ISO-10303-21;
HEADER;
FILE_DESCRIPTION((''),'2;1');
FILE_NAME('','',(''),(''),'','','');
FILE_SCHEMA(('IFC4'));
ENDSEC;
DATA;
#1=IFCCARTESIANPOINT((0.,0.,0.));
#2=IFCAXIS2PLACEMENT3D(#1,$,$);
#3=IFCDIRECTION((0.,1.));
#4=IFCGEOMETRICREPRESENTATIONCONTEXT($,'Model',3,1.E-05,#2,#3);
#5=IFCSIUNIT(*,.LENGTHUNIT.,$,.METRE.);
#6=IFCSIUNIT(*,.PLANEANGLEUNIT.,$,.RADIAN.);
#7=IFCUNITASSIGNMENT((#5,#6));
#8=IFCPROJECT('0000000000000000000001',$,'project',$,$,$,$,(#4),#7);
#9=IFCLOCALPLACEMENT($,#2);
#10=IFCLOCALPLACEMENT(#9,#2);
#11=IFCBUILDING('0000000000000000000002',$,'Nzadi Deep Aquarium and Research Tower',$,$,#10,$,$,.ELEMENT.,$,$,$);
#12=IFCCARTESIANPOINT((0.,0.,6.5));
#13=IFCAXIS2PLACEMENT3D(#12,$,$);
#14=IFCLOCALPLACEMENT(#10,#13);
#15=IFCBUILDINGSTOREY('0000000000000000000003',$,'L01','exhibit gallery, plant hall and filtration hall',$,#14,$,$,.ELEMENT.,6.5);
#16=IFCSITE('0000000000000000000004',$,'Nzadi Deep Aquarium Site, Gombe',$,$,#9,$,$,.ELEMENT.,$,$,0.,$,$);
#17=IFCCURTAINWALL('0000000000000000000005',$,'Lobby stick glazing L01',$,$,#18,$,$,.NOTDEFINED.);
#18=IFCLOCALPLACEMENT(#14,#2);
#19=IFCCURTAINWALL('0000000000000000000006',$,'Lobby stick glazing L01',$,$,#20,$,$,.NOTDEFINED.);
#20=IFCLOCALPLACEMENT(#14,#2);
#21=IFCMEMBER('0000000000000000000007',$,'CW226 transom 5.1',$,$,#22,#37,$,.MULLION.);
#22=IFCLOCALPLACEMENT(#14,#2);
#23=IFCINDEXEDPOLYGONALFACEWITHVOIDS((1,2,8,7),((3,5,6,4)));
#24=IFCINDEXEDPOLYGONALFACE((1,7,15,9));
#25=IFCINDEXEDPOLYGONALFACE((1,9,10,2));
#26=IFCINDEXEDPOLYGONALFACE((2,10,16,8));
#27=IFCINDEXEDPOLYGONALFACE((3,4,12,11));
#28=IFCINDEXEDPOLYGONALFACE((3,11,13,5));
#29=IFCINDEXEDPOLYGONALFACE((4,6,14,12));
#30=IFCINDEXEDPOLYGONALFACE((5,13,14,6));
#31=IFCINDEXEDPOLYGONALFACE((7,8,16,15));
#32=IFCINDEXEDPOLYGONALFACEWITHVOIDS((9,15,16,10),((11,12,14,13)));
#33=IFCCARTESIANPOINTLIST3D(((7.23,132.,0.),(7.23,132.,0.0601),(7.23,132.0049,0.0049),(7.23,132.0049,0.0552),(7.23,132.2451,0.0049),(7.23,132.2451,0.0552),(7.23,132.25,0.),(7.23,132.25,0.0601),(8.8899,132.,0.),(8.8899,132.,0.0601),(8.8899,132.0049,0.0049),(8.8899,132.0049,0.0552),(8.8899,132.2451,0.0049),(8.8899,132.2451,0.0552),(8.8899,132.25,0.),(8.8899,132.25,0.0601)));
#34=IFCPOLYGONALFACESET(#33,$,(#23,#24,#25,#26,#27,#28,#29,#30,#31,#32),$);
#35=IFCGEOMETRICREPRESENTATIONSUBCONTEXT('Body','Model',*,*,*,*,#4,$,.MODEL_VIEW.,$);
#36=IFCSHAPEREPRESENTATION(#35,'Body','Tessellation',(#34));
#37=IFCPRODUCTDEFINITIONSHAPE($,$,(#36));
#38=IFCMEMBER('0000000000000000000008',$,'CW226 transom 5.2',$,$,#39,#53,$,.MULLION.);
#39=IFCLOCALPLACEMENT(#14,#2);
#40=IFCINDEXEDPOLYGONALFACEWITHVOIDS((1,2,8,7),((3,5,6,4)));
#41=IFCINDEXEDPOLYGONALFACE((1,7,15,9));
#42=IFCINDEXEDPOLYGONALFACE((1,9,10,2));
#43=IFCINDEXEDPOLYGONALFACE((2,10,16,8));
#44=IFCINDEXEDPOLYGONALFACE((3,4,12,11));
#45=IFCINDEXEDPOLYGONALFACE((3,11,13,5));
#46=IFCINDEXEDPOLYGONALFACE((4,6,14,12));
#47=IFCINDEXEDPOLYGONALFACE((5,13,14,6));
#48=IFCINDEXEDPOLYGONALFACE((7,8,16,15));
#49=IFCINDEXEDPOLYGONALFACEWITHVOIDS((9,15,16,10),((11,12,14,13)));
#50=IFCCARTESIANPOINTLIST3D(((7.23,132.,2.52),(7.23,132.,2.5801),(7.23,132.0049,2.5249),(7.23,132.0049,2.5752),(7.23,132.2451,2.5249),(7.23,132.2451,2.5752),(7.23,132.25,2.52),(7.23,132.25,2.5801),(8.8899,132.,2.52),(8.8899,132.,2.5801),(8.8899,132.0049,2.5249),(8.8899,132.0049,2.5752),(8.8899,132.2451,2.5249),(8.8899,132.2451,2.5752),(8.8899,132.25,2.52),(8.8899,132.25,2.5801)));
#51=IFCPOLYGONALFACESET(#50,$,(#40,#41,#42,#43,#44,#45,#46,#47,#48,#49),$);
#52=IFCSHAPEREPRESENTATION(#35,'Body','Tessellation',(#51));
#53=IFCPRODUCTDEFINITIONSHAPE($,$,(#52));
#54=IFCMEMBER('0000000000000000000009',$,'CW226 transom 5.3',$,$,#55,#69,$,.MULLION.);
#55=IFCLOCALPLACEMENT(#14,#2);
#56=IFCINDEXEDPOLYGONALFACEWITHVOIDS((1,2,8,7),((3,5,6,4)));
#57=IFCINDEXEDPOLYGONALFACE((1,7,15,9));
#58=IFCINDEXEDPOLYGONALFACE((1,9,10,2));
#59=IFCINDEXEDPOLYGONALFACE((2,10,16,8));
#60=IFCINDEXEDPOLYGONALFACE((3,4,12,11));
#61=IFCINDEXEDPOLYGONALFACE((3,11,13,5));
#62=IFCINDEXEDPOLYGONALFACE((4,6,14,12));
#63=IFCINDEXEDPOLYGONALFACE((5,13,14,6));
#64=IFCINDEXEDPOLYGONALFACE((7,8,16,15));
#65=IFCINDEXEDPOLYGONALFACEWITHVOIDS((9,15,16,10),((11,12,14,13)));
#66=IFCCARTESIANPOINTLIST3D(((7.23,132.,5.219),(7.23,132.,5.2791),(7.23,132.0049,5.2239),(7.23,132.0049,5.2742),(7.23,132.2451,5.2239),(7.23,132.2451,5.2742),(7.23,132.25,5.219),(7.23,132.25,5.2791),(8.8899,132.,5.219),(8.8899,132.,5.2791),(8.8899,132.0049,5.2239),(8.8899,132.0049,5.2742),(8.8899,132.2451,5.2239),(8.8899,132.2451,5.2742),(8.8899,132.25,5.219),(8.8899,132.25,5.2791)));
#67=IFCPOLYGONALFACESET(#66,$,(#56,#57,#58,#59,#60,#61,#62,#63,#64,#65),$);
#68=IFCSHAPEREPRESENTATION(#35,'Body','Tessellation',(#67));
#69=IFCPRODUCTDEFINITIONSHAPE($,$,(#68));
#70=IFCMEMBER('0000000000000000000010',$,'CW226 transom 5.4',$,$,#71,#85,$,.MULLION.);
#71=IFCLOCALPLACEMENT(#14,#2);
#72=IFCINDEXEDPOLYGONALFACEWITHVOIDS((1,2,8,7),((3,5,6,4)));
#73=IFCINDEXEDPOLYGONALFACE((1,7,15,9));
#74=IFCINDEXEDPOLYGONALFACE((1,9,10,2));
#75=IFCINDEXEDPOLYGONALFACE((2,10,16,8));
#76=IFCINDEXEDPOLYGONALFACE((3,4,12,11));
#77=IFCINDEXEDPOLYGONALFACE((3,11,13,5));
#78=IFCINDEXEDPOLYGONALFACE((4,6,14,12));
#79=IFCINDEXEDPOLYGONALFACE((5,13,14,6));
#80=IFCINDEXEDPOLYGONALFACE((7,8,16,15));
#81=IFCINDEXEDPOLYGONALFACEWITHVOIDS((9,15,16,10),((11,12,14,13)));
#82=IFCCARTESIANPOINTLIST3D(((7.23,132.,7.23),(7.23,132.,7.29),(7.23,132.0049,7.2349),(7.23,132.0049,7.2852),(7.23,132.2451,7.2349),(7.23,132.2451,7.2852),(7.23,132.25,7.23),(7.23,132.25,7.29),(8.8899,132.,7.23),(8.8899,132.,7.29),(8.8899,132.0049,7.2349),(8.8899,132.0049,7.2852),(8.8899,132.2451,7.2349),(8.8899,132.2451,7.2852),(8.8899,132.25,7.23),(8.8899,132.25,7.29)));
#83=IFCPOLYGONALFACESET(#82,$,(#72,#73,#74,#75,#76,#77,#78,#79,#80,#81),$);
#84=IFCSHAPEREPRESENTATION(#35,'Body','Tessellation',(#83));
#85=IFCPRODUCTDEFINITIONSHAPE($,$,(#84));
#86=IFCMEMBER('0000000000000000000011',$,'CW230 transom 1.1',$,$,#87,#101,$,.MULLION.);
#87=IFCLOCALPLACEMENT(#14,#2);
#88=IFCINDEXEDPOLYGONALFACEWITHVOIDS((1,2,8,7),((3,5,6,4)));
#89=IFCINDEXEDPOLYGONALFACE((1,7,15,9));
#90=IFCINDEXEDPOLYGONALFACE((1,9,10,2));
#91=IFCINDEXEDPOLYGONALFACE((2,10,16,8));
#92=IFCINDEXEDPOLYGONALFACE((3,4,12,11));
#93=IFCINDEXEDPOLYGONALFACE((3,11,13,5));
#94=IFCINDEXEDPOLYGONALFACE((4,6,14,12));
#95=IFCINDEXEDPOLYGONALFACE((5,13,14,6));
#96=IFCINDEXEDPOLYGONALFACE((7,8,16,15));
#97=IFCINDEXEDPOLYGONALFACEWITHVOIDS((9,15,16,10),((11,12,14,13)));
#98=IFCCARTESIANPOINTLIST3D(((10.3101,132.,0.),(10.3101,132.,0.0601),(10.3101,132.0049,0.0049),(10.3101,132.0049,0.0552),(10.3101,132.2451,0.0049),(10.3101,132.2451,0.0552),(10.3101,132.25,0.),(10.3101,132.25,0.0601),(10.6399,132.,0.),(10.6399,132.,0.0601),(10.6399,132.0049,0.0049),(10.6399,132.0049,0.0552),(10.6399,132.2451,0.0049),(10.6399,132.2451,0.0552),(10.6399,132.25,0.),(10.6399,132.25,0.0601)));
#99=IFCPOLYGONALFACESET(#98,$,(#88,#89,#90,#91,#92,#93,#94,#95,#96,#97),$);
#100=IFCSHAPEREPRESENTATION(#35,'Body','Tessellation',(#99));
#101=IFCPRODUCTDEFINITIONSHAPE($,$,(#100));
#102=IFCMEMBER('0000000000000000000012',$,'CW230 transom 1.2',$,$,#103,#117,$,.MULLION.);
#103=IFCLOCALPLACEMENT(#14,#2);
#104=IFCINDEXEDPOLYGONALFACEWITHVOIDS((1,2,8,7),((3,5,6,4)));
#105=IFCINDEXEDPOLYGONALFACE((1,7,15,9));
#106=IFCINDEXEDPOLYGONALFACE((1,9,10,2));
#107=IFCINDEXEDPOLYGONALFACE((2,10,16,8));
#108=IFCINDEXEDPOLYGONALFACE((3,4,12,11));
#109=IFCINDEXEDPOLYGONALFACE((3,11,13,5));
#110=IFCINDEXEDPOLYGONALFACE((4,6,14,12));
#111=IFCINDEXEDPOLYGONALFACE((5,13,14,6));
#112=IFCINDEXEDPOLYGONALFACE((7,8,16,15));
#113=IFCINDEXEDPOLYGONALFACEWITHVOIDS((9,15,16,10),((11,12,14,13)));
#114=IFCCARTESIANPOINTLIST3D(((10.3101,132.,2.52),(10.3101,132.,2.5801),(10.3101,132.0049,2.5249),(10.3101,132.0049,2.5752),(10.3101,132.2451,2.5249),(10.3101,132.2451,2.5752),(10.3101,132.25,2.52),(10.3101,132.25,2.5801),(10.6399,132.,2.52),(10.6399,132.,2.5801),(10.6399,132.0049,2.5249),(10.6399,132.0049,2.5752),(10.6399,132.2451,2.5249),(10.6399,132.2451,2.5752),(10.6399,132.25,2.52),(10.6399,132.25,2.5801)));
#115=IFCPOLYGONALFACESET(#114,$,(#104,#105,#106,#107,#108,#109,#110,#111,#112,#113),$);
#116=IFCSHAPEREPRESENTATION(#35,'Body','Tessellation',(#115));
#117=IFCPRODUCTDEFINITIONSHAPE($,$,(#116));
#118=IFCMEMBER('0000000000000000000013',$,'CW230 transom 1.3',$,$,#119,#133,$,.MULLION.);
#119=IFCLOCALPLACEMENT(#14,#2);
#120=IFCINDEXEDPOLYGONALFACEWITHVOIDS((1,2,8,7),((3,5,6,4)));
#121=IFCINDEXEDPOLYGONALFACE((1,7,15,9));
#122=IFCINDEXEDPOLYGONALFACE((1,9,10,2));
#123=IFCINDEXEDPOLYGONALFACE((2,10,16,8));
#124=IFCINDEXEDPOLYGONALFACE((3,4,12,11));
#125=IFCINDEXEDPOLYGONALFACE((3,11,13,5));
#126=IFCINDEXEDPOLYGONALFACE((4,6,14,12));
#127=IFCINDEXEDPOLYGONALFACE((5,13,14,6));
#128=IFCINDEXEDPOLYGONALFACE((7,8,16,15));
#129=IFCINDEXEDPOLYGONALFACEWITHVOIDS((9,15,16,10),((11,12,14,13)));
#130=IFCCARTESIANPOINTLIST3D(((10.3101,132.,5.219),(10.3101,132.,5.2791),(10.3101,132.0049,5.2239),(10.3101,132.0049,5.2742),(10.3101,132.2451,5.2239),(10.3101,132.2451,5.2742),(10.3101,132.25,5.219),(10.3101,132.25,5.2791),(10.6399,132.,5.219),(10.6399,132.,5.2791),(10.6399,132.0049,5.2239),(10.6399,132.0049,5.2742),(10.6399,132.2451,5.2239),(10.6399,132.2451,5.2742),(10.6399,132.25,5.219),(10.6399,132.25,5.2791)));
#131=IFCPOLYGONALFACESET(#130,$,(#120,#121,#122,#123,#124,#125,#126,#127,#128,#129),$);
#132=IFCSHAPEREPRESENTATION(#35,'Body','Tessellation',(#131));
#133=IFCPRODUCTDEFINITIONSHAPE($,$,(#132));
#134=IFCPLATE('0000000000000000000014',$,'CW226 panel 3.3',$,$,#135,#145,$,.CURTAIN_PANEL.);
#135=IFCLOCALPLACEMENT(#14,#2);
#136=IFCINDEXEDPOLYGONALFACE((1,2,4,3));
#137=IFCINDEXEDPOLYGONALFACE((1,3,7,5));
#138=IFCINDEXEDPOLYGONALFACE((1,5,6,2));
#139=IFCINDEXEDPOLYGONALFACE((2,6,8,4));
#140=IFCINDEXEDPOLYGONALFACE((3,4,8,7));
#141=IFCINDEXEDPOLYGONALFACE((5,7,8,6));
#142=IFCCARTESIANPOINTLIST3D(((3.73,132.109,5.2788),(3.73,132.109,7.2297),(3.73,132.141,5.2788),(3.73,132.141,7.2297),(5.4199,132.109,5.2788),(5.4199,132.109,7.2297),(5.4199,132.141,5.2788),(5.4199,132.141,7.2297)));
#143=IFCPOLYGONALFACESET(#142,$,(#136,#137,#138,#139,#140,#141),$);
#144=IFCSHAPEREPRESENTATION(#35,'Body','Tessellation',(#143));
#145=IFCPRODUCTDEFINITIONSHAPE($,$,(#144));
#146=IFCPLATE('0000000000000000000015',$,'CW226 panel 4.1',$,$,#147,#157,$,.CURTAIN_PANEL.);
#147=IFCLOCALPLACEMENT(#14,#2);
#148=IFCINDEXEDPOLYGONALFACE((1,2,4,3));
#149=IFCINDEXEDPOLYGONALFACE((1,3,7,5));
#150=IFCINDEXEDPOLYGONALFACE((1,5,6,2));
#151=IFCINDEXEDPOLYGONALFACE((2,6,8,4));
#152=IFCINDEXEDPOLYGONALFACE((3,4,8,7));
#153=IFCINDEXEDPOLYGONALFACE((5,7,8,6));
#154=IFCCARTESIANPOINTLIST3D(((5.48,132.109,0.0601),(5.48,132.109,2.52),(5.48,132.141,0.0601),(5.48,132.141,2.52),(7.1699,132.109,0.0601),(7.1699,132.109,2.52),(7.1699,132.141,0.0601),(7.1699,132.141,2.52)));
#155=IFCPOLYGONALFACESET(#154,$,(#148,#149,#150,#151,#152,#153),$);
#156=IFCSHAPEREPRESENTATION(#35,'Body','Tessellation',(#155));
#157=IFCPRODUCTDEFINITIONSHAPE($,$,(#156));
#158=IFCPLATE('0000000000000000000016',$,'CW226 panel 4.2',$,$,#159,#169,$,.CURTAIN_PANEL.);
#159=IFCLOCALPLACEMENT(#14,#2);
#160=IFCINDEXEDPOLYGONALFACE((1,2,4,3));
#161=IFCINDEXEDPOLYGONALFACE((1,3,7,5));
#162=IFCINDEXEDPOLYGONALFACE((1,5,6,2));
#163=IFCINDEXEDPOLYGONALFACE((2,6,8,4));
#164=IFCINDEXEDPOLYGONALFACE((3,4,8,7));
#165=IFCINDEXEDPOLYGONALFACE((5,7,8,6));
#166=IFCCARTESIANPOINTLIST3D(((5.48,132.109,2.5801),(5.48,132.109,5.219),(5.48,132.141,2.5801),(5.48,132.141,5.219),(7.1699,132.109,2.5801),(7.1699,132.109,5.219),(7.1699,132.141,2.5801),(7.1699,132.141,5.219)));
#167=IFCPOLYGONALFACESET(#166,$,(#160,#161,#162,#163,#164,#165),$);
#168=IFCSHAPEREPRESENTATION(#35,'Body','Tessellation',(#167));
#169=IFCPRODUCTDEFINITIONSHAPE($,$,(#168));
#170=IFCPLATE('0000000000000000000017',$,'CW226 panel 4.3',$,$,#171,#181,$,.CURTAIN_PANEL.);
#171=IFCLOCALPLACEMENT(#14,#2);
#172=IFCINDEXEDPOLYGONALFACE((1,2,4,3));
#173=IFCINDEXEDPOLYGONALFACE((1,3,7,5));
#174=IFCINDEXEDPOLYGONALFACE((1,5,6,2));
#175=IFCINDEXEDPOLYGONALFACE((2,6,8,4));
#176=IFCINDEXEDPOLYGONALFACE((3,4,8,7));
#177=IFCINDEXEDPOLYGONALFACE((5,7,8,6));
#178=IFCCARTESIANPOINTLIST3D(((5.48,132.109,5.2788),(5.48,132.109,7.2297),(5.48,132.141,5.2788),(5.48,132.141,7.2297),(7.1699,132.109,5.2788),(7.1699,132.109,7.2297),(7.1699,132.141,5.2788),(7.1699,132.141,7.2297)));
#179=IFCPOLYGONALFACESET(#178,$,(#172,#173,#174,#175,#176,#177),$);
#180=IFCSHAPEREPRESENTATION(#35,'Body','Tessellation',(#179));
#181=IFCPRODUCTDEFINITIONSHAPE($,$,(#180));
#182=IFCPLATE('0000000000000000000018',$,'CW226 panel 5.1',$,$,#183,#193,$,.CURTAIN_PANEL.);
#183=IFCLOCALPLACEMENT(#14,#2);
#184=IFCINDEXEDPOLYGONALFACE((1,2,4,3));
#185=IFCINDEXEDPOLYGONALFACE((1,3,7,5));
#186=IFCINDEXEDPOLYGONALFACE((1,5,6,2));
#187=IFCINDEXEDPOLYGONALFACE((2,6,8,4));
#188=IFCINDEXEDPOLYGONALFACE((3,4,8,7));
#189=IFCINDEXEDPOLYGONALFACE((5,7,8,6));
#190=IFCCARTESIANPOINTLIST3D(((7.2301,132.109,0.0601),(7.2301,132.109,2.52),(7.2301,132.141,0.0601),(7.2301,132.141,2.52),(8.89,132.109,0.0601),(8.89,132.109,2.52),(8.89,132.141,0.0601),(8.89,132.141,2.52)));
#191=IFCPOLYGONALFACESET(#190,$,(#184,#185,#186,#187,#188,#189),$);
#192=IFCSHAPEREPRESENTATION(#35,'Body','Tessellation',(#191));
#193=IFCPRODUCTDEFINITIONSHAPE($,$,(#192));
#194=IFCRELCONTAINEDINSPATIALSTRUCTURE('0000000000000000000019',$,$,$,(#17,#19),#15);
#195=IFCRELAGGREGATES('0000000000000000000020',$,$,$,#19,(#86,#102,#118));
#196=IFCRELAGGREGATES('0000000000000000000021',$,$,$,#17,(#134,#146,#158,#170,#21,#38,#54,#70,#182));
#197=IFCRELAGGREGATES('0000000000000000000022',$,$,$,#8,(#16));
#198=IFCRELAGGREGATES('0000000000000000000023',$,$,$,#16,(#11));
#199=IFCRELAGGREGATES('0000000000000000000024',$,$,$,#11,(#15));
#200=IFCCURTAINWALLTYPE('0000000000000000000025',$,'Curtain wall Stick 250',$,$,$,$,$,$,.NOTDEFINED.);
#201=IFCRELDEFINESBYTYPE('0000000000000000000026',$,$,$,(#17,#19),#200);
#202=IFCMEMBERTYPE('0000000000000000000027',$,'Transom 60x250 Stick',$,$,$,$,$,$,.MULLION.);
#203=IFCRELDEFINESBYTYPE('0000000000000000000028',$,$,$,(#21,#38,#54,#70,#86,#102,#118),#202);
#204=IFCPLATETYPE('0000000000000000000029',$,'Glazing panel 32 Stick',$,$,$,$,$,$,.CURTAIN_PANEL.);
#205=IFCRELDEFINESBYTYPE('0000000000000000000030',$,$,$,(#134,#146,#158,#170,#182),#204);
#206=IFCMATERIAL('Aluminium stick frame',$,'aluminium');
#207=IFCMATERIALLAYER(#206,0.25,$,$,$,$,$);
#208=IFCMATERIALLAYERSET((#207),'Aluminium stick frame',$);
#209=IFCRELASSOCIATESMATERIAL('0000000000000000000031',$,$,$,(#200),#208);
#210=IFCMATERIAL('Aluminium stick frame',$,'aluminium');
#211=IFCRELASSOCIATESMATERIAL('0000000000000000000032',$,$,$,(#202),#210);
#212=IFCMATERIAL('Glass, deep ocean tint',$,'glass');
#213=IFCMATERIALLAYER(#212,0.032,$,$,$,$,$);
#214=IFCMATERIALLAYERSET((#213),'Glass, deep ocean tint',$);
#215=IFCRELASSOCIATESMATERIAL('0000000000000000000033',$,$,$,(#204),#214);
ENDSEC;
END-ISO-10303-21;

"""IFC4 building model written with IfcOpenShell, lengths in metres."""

from ifc_helpers import new_model, si_unit, direction, frame, origin, origin_2d, place, context, subcontext, project, spatial, rectangle, hollow_rectangle, extrude, material, layer, layer_set, material_profile, profile_set, type_object, element, aggregate, save


model = new_model("IFC4")

# Units and contexts
model_context = context("Model", 3, precision=1e-05, world=origin(), true_north=direction((0.0, 1.0)))
body_context = subcontext(model_context, "Body", "Model", "MODEL_VIEW")
ifc_project = project(units=[si_unit("LENGTHUNIT", "METRE"), si_unit("PLANEANGLEUNIT", "RADIAN")], contexts=[model_context])

# Site, building, storey
site_placement = place(None, origin())
site = spatial("IfcSite", under=ifc_project, at=site_placement, Name="Nzadi Deep Aquarium Site, Gombe", CompositionType="ELEMENT", RefElevation=0.0)
building_placement = place(site_placement, origin())
building = spatial("IfcBuilding", under=site, at=building_placement, Name="Nzadi Deep Aquarium and Research Tower", CompositionType="ELEMENT")
storey_placement = place(building_placement, frame((0.0, 0.0, 6.5)))
storey = spatial("IfcBuildingStorey", under=building, at=storey_placement, Name="L01", Description="exhibit gallery, plant hall and filtration hall", CompositionType="ELEMENT", Elevation=6.5)

# Curtain wall
ifc_material_1 = material(Name="Aluminium stick frame", Category="aluminium")
ifc_layer_1 = layer(ifc_material_1, 0.25)
ifc_layer_set_1 = layer_set([ifc_layer_1], Name="Aluminium stick frame")
curtain_wall_type = type_object("IfcCurtainWallType", Name="Curtain wall Stick 250", PredefinedType="NOTDEFINED", material=ifc_layer_set_1)
curtain_wall_1_placement = place(storey_placement, origin())
curtain_wall_1 = element("IfcCurtainWall", 1, at=curtain_wall_1_placement, inside=storey, type_object=curtain_wall_type, Name="Lobby stick glazing L01", PredefinedType="NOTDEFINED")

# Curtain wall
curtain_wall_2_placement = place(storey_placement, origin())
curtain_wall_2 = element("IfcCurtainWall", 2, at=curtain_wall_2_placement, inside=storey, type_object=curtain_wall_type, Name="Lobby stick glazing L01", PredefinedType="NOTDEFINED")

# Members
ifc_material_2 = material(Name="Aluminium stick frame", Category="aluminium")
ifc_material_profile_1 = material_profile(ifc_material_2, hollow_rectangle(XDim=0.25, YDim=0.0601, WallThickness=0.0049, at=origin_2d()))
ifc_profile_set_1 = profile_set([ifc_material_profile_1], Name="Aluminium stick frame")
member_type_1 = type_object("IfcMemberType", Name="Transom 60x250 Stick", PredefinedType="MULLION", material=ifc_profile_set_1)
member_1_placement = place(storey_placement, frame((7.23, 132.125, 0.03), z_axis=(1.0, 0.0, 0.0), x_axis=(0.0, 1.0, 0.0)))
member_1 = element("IfcMember", 3, at=member_1_placement, type_object=member_type_1, Name="CW226 transom 5.1", PredefinedType="MULLION", context=body_context, shape_type="SweptSolid", body=[
    extrude(hollow_rectangle(XDim=0.25, YDim=0.0601, WallThickness=0.0049, at=origin_2d()), origin(), (0.0, 0.0, 1.0), 1.6599),
])
member_2_placement = place(storey_placement, frame((7.23, 132.125, 2.55), z_axis=(1.0, 0.0, 0.0), x_axis=(0.0, 1.0, 0.0)))
member_2 = element("IfcMember", 4, at=member_2_placement, type_object=member_type_1, Name="CW226 transom 5.2", PredefinedType="MULLION", context=body_context, shape_type="SweptSolid", body=[
    extrude(hollow_rectangle(XDim=0.25, YDim=0.0601, WallThickness=0.0049, at=origin_2d()), origin(), (0.0, 0.0, 1.0), 1.6599),
])
member_3_placement = place(storey_placement, frame((7.23, 132.125, 5.249), z_axis=(1.0, 0.0, 0.0), x_axis=(0.0, 1.0, 0.0)))
member_3 = element("IfcMember", 5, at=member_3_placement, type_object=member_type_1, Name="CW226 transom 5.3", PredefinedType="MULLION", context=body_context, shape_type="SweptSolid", body=[
    extrude(hollow_rectangle(XDim=0.25, YDim=0.0601, WallThickness=0.0049, at=origin_2d()), origin(), (0.0, 0.0, 1.0), 1.6599),
])
member_4_placement = place(storey_placement, frame((7.23, 132.125, 7.26), z_axis=(1.0, 0.0, 0.0), x_axis=(0.0, 1.0, 0.0)))
member_4 = element("IfcMember", 6, at=member_4_placement, type_object=member_type_1, Name="CW226 transom 5.4", PredefinedType="MULLION", context=body_context, shape_type="SweptSolid", body=[
    extrude(hollow_rectangle(XDim=0.25, YDim=0.0601, WallThickness=0.0049, at=origin_2d()), origin(), (0.0, 0.0, 1.0), 1.6599),
])
member_5_placement = place(storey_placement, frame((10.3101, 132.125, 0.03), z_axis=(1.0, 0.0, 0.0), x_axis=(0.0, 1.0, 0.0)))
member_5 = element("IfcMember", 7, at=member_5_placement, type_object=member_type_1, Name="CW230 transom 1.1", PredefinedType="MULLION", context=body_context, shape_type="SweptSolid", body=[
    extrude(hollow_rectangle(XDim=0.25, YDim=0.0601, WallThickness=0.0049, at=origin_2d()), origin(), (0.0, 0.0, 1.0), 0.3298),
])
member_6_placement = place(storey_placement, frame((10.3101, 132.125, 2.55), z_axis=(1.0, 0.0, 0.0), x_axis=(0.0, 1.0, 0.0)))
member_6 = element("IfcMember", 8, at=member_6_placement, type_object=member_type_1, Name="CW230 transom 1.2", PredefinedType="MULLION", context=body_context, shape_type="SweptSolid", body=[
    extrude(hollow_rectangle(XDim=0.25, YDim=0.0601, WallThickness=0.0049, at=origin_2d()), origin(), (0.0, 0.0, 1.0), 0.3298),
])
member_7_placement = place(storey_placement, frame((10.3101, 132.125, 5.249), z_axis=(1.0, 0.0, 0.0), x_axis=(0.0, 1.0, 0.0)))
member_7 = element("IfcMember", 9, at=member_7_placement, type_object=member_type_1, Name="CW230 transom 1.3", PredefinedType="MULLION", context=body_context, shape_type="SweptSolid", body=[
    extrude(hollow_rectangle(XDim=0.25, YDim=0.0601, WallThickness=0.0049, at=origin_2d()), origin(), (0.0, 0.0, 1.0), 0.3298),
])
aggregate(curtain_wall_2, [member_5, member_6, member_7])

# Plates
ifc_material_3 = material(Name="Glass, deep ocean tint", Category="glass")
ifc_layer_2 = layer(ifc_material_3, 0.032)
ifc_layer_set_2 = layer_set([ifc_layer_2], Name="Glass, deep ocean tint")
plate_type = type_object("IfcPlateType", Name="Glazing panel 32 Stick", PredefinedType="CURTAIN_PANEL", material=ifc_layer_set_2)
plate_1_placement = place(storey_placement, frame((4.575, 132.125, 5.2788), z_axis=(0.0, 0.0, 1.0), x_axis=(1.0, 0.0, 0.0)))
plate_1 = element("IfcPlate", 10, at=plate_1_placement, type_object=plate_type, Name="CW226 panel 3.3", PredefinedType="CURTAIN_PANEL", context=body_context, shape_type="SweptSolid", body=[
    extrude(rectangle(XDim=1.6899, YDim=0.032, at=origin_2d()), origin(), (0.0, 0.0, 1.0), 1.9509),
])
plate_2_placement = place(storey_placement, frame((6.325, 132.125, 0.0601), z_axis=(0.0, 0.0, 1.0), x_axis=(1.0, 0.0, 0.0)))
plate_2 = element("IfcPlate", 11, at=plate_2_placement, type_object=plate_type, Name="CW226 panel 4.1", PredefinedType="CURTAIN_PANEL", context=body_context, shape_type="SweptSolid", body=[
    extrude(rectangle(XDim=1.6899, YDim=0.032, at=origin_2d()), origin(), (0.0, 0.0, 1.0), 2.46),
])
plate_3_placement = place(storey_placement, frame((6.325, 132.125, 2.5801), z_axis=(0.0, 0.0, 1.0), x_axis=(1.0, 0.0, 0.0)))
plate_3 = element("IfcPlate", 12, at=plate_3_placement, type_object=plate_type, Name="CW226 panel 4.2", PredefinedType="CURTAIN_PANEL", context=body_context, shape_type="SweptSolid", body=[
    extrude(rectangle(XDim=1.6899, YDim=0.032, at=origin_2d()), origin(), (0.0, 0.0, 1.0), 2.6389),
])
plate_4_placement = place(storey_placement, frame((6.325, 132.125, 5.2788), z_axis=(0.0, 0.0, 1.0), x_axis=(1.0, 0.0, 0.0)))
plate_4 = element("IfcPlate", 13, at=plate_4_placement, type_object=plate_type, Name="CW226 panel 4.3", PredefinedType="CURTAIN_PANEL", context=body_context, shape_type="SweptSolid", body=[
    extrude(rectangle(XDim=1.6899, YDim=0.032, at=origin_2d()), origin(), (0.0, 0.0, 1.0), 1.9509),
])
plate_5_placement = place(storey_placement, frame((8.0601, 132.125, 0.0601), z_axis=(0.0, 0.0, 1.0), x_axis=(1.0, 0.0, 0.0)))
plate_5 = element("IfcPlate", 14, at=plate_5_placement, type_object=plate_type, Name="CW226 panel 5.1", PredefinedType="CURTAIN_PANEL", context=body_context, shape_type="SweptSolid", body=[
    extrude(rectangle(XDim=1.6599, YDim=0.032, at=origin_2d()), origin(), (0.0, 0.0, 1.0), 2.46),
])
aggregate(curtain_wall_1, [plate_1, plate_2, plate_3, plate_4, member_1, member_2, member_3, member_4, plate_5])

save(model, "model.ifc")
